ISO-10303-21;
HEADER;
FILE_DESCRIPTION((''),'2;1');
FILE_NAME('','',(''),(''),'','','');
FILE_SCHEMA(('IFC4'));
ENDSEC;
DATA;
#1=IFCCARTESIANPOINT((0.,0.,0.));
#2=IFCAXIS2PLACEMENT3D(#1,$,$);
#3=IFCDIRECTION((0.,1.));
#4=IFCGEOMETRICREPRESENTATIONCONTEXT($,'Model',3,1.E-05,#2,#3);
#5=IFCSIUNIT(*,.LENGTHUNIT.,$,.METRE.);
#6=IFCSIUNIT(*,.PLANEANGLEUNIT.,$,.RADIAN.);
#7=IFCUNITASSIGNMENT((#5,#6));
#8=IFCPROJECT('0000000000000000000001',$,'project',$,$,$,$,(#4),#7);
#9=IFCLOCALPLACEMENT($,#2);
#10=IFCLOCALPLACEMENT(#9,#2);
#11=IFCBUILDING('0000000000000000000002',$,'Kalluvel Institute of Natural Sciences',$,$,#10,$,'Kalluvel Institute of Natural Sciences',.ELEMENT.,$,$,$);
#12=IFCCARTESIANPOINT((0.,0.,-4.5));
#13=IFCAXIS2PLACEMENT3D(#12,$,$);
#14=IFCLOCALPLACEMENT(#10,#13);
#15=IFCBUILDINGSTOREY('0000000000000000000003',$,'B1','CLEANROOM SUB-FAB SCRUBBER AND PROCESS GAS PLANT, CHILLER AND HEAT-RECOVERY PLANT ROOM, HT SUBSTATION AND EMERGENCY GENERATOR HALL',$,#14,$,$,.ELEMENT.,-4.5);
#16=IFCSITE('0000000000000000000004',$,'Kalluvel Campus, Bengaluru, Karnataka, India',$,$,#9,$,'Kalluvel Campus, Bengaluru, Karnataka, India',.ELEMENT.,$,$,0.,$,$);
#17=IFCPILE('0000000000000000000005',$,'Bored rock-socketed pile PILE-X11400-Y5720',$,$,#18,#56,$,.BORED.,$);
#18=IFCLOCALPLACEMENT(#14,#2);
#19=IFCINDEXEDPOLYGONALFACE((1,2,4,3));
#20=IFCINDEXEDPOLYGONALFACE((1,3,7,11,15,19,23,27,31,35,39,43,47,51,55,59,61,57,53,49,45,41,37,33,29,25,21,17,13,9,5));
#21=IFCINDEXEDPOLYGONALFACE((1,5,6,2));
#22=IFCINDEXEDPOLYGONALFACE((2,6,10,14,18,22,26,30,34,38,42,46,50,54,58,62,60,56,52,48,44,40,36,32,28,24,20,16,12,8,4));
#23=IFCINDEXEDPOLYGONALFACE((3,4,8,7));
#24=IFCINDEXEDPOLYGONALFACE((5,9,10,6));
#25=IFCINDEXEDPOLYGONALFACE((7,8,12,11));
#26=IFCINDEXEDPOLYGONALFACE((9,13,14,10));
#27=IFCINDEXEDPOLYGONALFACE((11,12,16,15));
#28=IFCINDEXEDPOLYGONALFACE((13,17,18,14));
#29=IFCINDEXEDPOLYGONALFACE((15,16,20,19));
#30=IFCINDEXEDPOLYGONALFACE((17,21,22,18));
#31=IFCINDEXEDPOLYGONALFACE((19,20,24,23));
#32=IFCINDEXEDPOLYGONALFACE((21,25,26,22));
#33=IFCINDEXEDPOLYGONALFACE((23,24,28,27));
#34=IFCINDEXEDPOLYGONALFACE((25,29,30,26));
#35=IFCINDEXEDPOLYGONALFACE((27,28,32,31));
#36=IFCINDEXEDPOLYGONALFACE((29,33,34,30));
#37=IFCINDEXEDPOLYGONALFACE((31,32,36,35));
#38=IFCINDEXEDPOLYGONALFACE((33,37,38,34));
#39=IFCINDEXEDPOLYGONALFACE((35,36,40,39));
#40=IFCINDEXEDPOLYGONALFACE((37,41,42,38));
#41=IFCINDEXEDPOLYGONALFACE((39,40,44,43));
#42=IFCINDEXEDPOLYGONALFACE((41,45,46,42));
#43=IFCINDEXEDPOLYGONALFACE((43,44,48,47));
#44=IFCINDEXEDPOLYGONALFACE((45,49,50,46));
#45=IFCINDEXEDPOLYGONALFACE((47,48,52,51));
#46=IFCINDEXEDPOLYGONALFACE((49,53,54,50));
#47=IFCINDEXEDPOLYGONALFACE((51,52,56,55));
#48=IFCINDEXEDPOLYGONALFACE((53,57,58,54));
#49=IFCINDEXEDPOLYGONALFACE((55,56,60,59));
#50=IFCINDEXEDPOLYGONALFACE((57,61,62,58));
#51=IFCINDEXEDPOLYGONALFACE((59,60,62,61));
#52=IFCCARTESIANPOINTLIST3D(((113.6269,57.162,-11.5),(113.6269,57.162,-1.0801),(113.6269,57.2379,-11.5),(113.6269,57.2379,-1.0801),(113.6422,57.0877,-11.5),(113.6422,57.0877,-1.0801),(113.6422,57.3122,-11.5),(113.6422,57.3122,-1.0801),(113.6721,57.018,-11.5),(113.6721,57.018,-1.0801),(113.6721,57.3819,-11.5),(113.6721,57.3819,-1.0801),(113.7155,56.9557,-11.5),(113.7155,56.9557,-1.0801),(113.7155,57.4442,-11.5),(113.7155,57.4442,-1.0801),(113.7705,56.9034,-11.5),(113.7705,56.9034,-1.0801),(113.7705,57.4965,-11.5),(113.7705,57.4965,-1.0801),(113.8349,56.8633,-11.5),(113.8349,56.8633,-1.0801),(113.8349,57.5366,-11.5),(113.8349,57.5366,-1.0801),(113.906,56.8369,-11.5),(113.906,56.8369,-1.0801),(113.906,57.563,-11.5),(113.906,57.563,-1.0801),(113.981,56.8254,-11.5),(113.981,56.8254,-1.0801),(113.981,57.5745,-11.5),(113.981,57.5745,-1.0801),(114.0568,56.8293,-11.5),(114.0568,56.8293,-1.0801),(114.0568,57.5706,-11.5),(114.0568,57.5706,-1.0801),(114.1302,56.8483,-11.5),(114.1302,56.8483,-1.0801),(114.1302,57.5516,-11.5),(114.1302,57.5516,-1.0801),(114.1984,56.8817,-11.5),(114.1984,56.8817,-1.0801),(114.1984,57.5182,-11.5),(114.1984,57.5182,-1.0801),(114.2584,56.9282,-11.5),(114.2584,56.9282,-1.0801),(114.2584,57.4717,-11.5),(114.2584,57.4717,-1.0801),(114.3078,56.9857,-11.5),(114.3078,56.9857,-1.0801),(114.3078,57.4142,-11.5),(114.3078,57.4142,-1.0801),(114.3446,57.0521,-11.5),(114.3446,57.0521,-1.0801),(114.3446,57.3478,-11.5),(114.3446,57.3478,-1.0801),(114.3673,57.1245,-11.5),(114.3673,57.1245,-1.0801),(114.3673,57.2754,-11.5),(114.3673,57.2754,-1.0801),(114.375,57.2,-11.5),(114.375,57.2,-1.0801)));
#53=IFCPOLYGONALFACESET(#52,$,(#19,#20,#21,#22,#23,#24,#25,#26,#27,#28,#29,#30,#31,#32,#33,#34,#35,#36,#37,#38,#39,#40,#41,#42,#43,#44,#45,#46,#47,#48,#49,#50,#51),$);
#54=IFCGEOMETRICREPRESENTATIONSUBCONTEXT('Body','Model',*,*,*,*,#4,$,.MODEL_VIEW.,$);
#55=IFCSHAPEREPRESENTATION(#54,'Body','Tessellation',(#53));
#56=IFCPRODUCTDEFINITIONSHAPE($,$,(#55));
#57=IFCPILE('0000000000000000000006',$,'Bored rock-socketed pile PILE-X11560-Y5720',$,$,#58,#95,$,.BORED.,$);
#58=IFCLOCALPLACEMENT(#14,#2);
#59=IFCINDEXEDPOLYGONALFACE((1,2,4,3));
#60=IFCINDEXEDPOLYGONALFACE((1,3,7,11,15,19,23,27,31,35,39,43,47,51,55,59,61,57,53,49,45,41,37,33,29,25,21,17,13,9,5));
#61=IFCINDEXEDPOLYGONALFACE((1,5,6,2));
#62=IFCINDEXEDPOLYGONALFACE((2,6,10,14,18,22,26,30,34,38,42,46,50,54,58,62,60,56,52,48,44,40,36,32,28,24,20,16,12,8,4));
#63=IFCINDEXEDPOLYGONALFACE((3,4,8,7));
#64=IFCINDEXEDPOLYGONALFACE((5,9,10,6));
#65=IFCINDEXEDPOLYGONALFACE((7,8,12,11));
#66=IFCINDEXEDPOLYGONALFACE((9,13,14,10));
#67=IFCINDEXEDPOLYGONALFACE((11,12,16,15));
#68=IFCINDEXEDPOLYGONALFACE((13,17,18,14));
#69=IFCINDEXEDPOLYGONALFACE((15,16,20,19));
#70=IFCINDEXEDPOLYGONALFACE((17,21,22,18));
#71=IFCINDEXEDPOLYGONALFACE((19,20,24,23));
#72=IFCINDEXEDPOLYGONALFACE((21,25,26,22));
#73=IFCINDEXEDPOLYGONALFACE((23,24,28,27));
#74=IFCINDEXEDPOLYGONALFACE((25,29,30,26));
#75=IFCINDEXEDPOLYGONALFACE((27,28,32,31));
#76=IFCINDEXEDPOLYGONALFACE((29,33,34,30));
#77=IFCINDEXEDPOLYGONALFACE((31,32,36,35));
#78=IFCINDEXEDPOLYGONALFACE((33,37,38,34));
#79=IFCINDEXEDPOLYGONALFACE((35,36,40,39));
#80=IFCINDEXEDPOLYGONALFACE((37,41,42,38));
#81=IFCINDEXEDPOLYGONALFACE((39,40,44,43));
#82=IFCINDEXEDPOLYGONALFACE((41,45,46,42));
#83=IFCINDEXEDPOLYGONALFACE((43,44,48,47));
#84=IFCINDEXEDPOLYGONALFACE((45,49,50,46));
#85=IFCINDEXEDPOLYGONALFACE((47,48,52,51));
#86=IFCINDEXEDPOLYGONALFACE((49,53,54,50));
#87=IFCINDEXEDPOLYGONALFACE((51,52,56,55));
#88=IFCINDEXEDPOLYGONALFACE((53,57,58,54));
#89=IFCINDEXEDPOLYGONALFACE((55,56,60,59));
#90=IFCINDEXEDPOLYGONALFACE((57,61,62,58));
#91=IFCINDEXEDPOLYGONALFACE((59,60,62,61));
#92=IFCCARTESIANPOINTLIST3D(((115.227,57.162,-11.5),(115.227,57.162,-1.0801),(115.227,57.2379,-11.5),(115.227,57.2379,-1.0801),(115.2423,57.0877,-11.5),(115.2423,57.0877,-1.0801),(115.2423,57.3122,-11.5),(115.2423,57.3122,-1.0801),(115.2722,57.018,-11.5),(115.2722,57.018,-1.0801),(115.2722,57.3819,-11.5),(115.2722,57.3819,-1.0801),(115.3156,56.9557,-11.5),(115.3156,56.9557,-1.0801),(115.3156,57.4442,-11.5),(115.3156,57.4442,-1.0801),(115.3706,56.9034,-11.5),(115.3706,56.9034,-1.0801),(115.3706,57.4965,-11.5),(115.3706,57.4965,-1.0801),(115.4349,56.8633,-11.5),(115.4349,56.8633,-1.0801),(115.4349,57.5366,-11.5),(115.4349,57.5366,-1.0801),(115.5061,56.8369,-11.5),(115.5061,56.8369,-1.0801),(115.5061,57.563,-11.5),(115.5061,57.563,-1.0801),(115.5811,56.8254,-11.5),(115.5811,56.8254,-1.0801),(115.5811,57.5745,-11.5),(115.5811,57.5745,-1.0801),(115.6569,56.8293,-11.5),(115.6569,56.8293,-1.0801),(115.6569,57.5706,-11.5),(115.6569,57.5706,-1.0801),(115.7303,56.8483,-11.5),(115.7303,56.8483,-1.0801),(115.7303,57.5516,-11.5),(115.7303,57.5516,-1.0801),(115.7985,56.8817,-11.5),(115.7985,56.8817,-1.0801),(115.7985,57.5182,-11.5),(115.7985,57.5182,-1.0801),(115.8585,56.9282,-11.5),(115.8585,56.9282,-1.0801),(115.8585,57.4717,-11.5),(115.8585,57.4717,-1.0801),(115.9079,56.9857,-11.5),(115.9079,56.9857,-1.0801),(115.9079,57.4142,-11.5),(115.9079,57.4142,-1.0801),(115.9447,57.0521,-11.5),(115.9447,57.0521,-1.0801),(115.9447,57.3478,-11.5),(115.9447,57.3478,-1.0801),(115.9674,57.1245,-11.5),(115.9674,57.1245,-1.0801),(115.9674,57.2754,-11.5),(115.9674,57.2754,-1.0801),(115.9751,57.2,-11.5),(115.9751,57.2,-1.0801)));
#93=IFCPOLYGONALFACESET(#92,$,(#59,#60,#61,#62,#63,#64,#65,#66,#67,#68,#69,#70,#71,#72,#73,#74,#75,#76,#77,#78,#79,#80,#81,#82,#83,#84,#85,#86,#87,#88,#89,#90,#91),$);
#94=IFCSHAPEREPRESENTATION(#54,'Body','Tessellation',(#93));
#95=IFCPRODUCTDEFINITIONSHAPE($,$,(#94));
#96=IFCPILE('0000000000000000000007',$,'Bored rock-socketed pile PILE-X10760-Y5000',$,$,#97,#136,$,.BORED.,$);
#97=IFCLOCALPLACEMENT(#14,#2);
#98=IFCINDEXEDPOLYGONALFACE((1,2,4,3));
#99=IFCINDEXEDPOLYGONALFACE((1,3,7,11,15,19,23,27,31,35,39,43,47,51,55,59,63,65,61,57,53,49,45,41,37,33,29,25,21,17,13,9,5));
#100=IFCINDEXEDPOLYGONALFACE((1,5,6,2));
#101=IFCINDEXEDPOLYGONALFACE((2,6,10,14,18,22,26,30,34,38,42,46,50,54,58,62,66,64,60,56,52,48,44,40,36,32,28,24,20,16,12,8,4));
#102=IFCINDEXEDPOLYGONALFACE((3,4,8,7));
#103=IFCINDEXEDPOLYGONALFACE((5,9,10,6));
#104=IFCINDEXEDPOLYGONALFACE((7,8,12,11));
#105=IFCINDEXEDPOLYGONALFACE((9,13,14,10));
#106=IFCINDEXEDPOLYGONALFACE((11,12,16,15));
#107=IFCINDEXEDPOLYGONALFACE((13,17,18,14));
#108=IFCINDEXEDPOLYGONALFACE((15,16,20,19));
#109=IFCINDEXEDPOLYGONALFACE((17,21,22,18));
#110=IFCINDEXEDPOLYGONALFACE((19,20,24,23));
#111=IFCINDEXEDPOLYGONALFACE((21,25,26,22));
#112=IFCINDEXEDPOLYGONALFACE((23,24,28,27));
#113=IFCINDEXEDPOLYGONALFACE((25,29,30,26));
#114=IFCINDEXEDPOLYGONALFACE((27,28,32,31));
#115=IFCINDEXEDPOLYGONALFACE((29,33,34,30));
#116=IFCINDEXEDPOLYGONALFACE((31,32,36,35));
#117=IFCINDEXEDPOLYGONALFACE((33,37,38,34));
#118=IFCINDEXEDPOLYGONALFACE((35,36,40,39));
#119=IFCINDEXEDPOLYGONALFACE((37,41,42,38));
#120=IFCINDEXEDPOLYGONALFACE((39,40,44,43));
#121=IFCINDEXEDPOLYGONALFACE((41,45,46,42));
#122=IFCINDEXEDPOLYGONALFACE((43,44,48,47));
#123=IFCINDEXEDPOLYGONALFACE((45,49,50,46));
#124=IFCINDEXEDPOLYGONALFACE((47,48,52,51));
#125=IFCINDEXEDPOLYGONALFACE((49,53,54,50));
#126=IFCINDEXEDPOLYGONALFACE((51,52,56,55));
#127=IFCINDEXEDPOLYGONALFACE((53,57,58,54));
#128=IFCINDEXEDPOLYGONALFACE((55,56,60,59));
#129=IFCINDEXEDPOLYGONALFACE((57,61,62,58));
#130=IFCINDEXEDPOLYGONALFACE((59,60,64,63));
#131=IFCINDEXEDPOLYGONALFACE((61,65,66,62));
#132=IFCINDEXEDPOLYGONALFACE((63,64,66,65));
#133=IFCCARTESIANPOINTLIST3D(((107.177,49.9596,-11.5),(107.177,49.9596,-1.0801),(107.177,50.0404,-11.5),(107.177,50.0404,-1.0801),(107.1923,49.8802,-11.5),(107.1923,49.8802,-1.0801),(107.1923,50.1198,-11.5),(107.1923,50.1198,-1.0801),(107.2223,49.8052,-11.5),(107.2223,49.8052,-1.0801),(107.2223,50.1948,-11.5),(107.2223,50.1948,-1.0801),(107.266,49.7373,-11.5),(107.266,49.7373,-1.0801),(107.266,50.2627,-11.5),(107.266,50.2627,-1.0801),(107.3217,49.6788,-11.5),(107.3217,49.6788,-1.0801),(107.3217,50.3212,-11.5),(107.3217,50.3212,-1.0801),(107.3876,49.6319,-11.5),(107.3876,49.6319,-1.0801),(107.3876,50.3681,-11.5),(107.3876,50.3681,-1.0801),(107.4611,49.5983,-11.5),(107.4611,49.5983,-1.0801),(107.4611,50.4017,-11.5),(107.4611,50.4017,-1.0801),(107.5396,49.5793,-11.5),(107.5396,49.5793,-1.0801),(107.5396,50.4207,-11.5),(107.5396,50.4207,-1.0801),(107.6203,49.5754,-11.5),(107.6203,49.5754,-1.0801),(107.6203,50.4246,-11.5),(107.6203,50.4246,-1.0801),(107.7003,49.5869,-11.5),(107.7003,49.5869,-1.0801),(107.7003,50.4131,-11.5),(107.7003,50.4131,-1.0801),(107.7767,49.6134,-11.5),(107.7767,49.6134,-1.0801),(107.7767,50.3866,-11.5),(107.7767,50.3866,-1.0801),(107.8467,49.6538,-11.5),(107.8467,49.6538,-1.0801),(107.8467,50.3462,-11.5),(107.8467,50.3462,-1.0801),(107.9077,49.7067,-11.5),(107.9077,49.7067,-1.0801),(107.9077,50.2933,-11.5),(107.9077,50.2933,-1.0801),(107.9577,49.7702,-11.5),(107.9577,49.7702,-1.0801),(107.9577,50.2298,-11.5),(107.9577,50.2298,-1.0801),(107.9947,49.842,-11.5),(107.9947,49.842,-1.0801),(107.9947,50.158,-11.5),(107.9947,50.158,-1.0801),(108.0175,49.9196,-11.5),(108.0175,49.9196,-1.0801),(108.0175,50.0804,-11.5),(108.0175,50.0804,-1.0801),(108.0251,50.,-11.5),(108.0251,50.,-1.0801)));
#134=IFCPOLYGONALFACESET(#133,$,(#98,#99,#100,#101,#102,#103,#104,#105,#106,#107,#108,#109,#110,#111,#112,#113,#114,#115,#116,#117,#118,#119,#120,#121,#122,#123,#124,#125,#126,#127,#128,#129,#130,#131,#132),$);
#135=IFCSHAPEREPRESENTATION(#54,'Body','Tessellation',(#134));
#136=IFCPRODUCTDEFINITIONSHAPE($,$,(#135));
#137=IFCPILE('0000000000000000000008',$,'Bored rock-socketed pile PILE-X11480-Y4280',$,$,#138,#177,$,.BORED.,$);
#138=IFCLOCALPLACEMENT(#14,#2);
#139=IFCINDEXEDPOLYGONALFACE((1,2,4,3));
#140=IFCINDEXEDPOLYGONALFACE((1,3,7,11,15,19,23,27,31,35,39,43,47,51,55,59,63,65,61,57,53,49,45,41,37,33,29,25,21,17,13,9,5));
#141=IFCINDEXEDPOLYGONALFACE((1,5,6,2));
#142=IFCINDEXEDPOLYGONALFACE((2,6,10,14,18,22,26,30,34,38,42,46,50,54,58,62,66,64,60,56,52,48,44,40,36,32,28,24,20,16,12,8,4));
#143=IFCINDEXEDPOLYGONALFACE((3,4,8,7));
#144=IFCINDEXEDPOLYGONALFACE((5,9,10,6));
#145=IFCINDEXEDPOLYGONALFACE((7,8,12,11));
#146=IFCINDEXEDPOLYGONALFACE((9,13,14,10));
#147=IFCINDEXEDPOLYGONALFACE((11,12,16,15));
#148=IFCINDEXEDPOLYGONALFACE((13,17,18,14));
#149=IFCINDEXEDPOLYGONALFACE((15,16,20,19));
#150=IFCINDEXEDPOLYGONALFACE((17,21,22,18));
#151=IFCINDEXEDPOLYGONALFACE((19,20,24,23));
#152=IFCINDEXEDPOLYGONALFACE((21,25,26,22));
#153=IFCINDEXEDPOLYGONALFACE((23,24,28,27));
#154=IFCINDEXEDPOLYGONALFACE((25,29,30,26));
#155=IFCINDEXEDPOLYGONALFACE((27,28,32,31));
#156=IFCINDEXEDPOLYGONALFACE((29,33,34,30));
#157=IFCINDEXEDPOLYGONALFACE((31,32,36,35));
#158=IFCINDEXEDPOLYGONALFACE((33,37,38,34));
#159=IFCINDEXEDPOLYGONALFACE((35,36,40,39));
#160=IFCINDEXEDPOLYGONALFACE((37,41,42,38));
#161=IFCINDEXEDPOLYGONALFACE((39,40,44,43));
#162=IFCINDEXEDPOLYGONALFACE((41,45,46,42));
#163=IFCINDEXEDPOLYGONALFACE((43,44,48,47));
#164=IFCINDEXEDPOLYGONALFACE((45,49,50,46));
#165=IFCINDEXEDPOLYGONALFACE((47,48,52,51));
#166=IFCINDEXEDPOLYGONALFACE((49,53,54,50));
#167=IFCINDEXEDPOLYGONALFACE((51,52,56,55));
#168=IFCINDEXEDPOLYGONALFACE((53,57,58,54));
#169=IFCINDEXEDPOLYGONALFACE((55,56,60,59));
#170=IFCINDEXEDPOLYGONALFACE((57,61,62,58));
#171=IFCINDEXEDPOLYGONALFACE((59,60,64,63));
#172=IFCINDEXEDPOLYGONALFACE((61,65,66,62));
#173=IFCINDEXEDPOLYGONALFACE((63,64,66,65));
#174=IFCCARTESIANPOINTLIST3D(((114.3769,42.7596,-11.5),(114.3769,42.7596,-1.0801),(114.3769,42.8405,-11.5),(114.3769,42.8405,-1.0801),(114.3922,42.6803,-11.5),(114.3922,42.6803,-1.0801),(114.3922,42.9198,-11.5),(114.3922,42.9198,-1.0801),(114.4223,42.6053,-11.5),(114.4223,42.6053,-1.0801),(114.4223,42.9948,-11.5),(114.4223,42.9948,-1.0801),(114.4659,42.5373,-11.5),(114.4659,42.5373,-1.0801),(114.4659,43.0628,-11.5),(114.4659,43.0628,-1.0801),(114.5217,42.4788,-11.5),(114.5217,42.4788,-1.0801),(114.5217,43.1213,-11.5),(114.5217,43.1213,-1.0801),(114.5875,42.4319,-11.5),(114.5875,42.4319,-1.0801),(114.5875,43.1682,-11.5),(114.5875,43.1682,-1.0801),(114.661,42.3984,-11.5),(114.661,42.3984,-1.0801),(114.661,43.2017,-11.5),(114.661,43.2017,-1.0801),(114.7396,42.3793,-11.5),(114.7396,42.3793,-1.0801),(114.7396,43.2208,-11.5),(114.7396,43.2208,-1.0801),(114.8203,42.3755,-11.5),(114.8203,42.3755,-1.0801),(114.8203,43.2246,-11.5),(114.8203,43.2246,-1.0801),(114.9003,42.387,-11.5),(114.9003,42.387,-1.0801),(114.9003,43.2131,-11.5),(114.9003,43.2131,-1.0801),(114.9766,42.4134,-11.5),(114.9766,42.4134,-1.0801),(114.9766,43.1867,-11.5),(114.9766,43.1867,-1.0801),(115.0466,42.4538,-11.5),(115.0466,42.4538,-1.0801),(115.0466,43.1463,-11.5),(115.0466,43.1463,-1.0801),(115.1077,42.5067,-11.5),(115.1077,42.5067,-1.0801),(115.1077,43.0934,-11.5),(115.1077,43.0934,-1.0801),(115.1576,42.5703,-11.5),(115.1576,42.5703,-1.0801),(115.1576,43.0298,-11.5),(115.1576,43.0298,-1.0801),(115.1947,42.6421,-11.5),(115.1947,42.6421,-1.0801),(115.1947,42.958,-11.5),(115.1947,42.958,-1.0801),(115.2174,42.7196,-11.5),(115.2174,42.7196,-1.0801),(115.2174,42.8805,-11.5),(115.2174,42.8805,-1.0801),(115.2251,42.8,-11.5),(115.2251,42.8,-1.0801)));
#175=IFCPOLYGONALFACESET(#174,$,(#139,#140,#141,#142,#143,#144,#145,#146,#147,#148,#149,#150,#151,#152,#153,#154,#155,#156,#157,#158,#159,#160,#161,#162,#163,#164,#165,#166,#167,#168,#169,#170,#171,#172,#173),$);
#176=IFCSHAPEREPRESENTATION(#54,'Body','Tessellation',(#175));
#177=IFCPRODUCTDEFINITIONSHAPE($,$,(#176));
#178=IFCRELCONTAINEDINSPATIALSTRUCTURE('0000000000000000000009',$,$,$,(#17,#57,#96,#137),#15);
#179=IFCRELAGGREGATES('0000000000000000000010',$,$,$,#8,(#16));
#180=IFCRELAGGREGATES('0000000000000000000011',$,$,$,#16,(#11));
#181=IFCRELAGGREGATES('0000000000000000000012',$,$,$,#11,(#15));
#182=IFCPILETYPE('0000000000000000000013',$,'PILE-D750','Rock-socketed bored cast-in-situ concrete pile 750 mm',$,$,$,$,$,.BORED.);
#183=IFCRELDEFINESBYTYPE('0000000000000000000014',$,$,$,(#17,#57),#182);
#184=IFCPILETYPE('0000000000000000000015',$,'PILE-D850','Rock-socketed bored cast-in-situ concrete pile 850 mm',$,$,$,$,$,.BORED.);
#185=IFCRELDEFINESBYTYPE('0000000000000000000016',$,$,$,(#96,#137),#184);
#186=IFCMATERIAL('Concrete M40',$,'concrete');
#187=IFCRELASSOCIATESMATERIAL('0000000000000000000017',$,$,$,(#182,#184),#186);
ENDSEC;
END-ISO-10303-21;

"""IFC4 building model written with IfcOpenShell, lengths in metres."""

from ifc_helpers import new_model, si_unit, direction, frame, origin, origin_2d, place, context, subcontext, project, spatial, circle, extrude, material, material_profile, profile_set, type_object, element, save


model = new_model("IFC4")

# Units and contexts
model_context = context("Model", 3, precision=1e-05, world=origin(), true_north=direction((0.0, 1.0)))
body_context = subcontext(model_context, "Body", "Model", "MODEL_VIEW")
ifc_project = project(units=[si_unit("LENGTHUNIT", "METRE"), si_unit("PLANEANGLEUNIT", "RADIAN")], contexts=[model_context])

# Site, building, storey
site_placement = place(None, origin())
site = spatial("IfcSite", under=ifc_project, at=site_placement, Name="Kalluvel Campus, Bengaluru, Karnataka, India", LongName="Kalluvel Campus, Bengaluru, Karnataka, India", CompositionType="ELEMENT", RefElevation=0.0)
building_placement = place(site_placement, origin())
building = spatial("IfcBuilding", under=site, at=building_placement, Name="Kalluvel Institute of Natural Sciences", LongName="Kalluvel Institute of Natural Sciences", CompositionType="ELEMENT")
storey_placement = place(building_placement, frame((0.0, 0.0, -4.5)))
storey = spatial("IfcBuildingStorey", under=building, at=storey_placement, Name="B1", Description="CLEANROOM SUB-FAB SCRUBBER AND PROCESS GAS PLANT, CHILLER AND HEAT-RECOVERY PLANT ROOM, HT SUBSTATION AND EMERGENCY GENERATOR HALL", CompositionType="ELEMENT", Elevation=-4.5)

# Shared definitions
ifc_material = material(Name="Concrete M40", Category="concrete")

# Piles
ifc_material_profile_1 = material_profile(ifc_material, circle(Radius=0.375, at=origin_2d()), Name="PILE D750")
ifc_profile_set_1 = profile_set([ifc_material_profile_1], Name="Concrete M40")
pile_type_1 = type_object("IfcPileType", Name="PILE-D750", Description="Rock-socketed bored cast-in-situ concrete pile 750 mm", PredefinedType="BORED", material=ifc_profile_set_1)
for number, where, z_axis, x_axis, name in (
    (1, (114.0, 57.2, -1.0801), (0.0, 0.0, -1.0), (1.0, 0.0, 0.0), "Bored rock-socketed pile PILE-X11400-Y5720"),
    (2, (115.6001, 57.2, -1.0801), (0.0, 0.0, -1.0), (1.0, 0.0, 0.0), "Bored rock-socketed pile PILE-X11560-Y5720"),
):
    element("IfcPile", number, at=place(storey_placement, frame(where, z_axis=z_axis, x_axis=x_axis)), inside=storey, type_object=pile_type_1, Name=name, PredefinedType="BORED", context=body_context, shape_type="SweptSolid", body=[
        extrude(circle(Radius=0.375, at=origin_2d()), origin(), (0.0, 0.0, 1.0), 10.4199),
    ])
ifc_material_profile_2 = material_profile(ifc_material, circle(Radius=0.425, at=origin_2d()), Name="PILE D850")
ifc_profile_set_2 = profile_set([ifc_material_profile_2], Name="Concrete M40")
pile_type_2 = type_object("IfcPileType", Name="PILE-D850", Description="Rock-socketed bored cast-in-situ concrete pile 850 mm", PredefinedType="BORED", material=ifc_profile_set_2)
for number, where, z_axis, x_axis, name in (
    (3, (107.6001, 50.0, -1.0801), (0.0, 0.0, -1.0), (1.0, 0.0, 0.0), "Bored rock-socketed pile PILE-X10760-Y5000"),
    (4, (114.8, 42.8, -1.0801), (0.0, 0.0, -1.0), (1.0, 0.0, 0.0), "Bored rock-socketed pile PILE-X11480-Y4280"),
):
    element("IfcPile", number, at=place(storey_placement, frame(where, z_axis=z_axis, x_axis=x_axis)), inside=storey, type_object=pile_type_2, Name=name, PredefinedType="BORED", context=body_context, shape_type="SweptSolid", body=[
        extrude(circle(Radius=0.425, at=origin_2d()), origin(), (0.0, 0.0, 1.0), 10.4199),
    ])

save(model, "model.ifc")
